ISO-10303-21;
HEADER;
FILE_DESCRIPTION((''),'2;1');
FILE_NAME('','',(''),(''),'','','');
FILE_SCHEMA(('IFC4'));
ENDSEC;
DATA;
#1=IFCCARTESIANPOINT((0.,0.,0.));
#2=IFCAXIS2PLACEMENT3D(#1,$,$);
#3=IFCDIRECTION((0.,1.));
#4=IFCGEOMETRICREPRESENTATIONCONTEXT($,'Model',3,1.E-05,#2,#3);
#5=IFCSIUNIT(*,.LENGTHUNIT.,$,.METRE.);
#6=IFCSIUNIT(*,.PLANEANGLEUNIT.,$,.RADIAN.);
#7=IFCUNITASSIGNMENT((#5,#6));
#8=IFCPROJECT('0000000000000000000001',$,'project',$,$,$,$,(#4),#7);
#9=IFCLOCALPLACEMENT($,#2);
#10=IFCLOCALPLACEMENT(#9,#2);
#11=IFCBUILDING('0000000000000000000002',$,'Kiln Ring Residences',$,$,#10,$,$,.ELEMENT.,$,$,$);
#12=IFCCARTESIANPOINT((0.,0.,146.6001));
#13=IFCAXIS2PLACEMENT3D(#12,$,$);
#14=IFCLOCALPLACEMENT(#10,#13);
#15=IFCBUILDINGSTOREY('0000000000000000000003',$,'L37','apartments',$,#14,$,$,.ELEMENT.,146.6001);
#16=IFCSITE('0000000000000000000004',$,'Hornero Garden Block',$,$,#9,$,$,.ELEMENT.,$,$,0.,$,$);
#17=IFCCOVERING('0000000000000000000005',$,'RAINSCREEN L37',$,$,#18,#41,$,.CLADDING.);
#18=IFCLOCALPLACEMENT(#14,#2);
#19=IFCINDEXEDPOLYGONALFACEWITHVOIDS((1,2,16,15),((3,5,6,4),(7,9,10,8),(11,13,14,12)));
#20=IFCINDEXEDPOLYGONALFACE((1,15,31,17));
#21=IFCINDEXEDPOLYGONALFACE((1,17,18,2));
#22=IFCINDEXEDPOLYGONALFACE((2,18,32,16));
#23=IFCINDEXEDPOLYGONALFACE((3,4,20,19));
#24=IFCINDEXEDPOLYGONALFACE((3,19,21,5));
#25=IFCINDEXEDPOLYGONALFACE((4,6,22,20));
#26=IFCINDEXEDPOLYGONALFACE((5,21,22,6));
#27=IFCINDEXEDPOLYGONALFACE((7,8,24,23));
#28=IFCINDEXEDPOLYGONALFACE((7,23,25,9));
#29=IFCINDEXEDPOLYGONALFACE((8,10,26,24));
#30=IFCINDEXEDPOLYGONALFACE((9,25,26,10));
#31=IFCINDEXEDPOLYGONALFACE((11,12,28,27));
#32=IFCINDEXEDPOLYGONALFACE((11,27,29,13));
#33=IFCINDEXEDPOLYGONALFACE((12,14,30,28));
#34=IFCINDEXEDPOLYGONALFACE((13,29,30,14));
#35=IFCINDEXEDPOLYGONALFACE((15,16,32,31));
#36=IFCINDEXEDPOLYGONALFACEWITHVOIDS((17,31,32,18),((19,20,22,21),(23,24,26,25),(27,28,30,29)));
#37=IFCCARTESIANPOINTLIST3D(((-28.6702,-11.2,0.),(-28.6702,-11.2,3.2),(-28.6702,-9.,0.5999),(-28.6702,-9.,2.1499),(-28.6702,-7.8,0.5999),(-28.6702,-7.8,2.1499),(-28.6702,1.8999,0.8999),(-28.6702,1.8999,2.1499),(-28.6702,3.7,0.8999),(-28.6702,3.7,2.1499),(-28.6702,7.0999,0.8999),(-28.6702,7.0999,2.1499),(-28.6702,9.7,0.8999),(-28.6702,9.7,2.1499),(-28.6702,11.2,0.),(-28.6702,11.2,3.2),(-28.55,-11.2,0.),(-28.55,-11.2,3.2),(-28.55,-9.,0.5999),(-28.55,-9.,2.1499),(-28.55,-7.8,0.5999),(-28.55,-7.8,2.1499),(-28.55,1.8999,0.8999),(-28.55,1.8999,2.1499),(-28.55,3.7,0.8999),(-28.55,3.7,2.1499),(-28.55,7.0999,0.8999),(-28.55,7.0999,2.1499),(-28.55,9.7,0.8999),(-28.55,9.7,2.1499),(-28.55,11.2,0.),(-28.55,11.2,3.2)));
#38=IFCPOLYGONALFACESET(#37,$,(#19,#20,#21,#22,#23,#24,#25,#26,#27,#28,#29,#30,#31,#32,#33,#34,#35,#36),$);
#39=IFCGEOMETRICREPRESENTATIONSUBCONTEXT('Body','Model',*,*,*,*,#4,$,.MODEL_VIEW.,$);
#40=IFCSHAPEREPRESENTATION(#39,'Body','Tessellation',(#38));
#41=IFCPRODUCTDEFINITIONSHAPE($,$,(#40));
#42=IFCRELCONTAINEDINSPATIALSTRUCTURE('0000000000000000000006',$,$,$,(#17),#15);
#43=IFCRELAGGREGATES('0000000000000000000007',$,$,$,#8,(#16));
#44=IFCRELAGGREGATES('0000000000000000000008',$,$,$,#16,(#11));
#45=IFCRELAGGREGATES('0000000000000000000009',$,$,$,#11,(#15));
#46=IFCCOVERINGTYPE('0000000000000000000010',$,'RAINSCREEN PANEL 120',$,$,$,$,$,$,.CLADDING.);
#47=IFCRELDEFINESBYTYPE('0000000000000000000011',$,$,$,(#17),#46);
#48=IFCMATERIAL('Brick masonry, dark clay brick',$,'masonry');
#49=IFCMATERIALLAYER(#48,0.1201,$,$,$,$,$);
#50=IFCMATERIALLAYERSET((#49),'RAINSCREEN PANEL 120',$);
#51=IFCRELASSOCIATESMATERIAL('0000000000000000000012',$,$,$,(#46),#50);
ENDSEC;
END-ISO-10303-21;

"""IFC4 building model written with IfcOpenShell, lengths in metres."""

from ifc_helpers import new_model, si_unit, direction, frame, origin, place, context, subcontext, project, spatial, polyline, outline, extrude, material, layer, layer_set, type_object, element, save


model = new_model("IFC4")

# Units and contexts
model_context = context("Model", 3, precision=1e-05, world=origin(), true_north=direction((0.0, 1.0)))
body_context = subcontext(model_context, "Body", "Model", "MODEL_VIEW")
ifc_project = project(units=[si_unit("LENGTHUNIT", "METRE"), si_unit("PLANEANGLEUNIT", "RADIAN")], contexts=[model_context])

# Site, building, storey
site_placement = place(None, origin())
site = spatial("IfcSite", under=ifc_project, at=site_placement, Name="Hornero Garden Block", CompositionType="ELEMENT", RefElevation=0.0)
building_placement = place(site_placement, origin())
building = spatial("IfcBuilding", under=site, at=building_placement, Name="Kiln Ring Residences", CompositionType="ELEMENT")
storey_placement = place(building_placement, frame((0.0, 0.0, 146.6001)))
storey = spatial("IfcBuildingStorey", under=building, at=storey_placement, Name="L37", Description="apartments", CompositionType="ELEMENT", Elevation=146.6001)

# Covering
ifc_material_1 = material(Name="Brick masonry, dark clay brick", Category="masonry")
ifc_layer_1 = layer(ifc_material_1, 0.1201)
ifc_layer_set_1 = layer_set([ifc_layer_1], Name="RAINSCREEN PANEL 120")
covering_type = type_object("IfcCoveringType", Name="RAINSCREEN PANEL 120", PredefinedType="CLADDING", material=ifc_layer_set_1)
covering_placement = place(storey_placement, frame((-28.6101, 11.2, 0.0), z_axis=(0.0, 0.0, 1.0), x_axis=(0.0, -1.0, 0.0)))
element("IfcCovering", 1, at=covering_placement, inside=storey, type_object=covering_type, Name="RAINSCREEN L37", PredefinedType="CLADDING", context=body_context, shape_type="SweptSolid", body=[
    extrude(outline(polyline([(0.0, 0.0), (22.3999, 0.0), (22.3999, 3.2), (0.0, 3.2), (0.0, 0.0)]), holes=[polyline([(20.2, 2.1499), (19.0, 2.1499), (19.0, 0.5999), (20.2, 0.5999), (20.2, 2.1499)]), polyline([(4.1001, 0.8999), (4.1001, 2.1499), (1.5, 2.1499), (1.5, 0.8999), (4.1001, 0.8999)]), polyline([(9.3, 0.8999), (9.3, 2.1499), (7.5, 2.1499), (7.5, 0.8999), (9.3, 0.8999)])]), frame((0.0, 0.0601, 0.0), z_axis=(0.0, -1.0, 0.0), x_axis=(1.0, 0.0, 0.0)), (0.0, 0.0, 1.0), 0.1201),
])

save(model, "model.ifc")
